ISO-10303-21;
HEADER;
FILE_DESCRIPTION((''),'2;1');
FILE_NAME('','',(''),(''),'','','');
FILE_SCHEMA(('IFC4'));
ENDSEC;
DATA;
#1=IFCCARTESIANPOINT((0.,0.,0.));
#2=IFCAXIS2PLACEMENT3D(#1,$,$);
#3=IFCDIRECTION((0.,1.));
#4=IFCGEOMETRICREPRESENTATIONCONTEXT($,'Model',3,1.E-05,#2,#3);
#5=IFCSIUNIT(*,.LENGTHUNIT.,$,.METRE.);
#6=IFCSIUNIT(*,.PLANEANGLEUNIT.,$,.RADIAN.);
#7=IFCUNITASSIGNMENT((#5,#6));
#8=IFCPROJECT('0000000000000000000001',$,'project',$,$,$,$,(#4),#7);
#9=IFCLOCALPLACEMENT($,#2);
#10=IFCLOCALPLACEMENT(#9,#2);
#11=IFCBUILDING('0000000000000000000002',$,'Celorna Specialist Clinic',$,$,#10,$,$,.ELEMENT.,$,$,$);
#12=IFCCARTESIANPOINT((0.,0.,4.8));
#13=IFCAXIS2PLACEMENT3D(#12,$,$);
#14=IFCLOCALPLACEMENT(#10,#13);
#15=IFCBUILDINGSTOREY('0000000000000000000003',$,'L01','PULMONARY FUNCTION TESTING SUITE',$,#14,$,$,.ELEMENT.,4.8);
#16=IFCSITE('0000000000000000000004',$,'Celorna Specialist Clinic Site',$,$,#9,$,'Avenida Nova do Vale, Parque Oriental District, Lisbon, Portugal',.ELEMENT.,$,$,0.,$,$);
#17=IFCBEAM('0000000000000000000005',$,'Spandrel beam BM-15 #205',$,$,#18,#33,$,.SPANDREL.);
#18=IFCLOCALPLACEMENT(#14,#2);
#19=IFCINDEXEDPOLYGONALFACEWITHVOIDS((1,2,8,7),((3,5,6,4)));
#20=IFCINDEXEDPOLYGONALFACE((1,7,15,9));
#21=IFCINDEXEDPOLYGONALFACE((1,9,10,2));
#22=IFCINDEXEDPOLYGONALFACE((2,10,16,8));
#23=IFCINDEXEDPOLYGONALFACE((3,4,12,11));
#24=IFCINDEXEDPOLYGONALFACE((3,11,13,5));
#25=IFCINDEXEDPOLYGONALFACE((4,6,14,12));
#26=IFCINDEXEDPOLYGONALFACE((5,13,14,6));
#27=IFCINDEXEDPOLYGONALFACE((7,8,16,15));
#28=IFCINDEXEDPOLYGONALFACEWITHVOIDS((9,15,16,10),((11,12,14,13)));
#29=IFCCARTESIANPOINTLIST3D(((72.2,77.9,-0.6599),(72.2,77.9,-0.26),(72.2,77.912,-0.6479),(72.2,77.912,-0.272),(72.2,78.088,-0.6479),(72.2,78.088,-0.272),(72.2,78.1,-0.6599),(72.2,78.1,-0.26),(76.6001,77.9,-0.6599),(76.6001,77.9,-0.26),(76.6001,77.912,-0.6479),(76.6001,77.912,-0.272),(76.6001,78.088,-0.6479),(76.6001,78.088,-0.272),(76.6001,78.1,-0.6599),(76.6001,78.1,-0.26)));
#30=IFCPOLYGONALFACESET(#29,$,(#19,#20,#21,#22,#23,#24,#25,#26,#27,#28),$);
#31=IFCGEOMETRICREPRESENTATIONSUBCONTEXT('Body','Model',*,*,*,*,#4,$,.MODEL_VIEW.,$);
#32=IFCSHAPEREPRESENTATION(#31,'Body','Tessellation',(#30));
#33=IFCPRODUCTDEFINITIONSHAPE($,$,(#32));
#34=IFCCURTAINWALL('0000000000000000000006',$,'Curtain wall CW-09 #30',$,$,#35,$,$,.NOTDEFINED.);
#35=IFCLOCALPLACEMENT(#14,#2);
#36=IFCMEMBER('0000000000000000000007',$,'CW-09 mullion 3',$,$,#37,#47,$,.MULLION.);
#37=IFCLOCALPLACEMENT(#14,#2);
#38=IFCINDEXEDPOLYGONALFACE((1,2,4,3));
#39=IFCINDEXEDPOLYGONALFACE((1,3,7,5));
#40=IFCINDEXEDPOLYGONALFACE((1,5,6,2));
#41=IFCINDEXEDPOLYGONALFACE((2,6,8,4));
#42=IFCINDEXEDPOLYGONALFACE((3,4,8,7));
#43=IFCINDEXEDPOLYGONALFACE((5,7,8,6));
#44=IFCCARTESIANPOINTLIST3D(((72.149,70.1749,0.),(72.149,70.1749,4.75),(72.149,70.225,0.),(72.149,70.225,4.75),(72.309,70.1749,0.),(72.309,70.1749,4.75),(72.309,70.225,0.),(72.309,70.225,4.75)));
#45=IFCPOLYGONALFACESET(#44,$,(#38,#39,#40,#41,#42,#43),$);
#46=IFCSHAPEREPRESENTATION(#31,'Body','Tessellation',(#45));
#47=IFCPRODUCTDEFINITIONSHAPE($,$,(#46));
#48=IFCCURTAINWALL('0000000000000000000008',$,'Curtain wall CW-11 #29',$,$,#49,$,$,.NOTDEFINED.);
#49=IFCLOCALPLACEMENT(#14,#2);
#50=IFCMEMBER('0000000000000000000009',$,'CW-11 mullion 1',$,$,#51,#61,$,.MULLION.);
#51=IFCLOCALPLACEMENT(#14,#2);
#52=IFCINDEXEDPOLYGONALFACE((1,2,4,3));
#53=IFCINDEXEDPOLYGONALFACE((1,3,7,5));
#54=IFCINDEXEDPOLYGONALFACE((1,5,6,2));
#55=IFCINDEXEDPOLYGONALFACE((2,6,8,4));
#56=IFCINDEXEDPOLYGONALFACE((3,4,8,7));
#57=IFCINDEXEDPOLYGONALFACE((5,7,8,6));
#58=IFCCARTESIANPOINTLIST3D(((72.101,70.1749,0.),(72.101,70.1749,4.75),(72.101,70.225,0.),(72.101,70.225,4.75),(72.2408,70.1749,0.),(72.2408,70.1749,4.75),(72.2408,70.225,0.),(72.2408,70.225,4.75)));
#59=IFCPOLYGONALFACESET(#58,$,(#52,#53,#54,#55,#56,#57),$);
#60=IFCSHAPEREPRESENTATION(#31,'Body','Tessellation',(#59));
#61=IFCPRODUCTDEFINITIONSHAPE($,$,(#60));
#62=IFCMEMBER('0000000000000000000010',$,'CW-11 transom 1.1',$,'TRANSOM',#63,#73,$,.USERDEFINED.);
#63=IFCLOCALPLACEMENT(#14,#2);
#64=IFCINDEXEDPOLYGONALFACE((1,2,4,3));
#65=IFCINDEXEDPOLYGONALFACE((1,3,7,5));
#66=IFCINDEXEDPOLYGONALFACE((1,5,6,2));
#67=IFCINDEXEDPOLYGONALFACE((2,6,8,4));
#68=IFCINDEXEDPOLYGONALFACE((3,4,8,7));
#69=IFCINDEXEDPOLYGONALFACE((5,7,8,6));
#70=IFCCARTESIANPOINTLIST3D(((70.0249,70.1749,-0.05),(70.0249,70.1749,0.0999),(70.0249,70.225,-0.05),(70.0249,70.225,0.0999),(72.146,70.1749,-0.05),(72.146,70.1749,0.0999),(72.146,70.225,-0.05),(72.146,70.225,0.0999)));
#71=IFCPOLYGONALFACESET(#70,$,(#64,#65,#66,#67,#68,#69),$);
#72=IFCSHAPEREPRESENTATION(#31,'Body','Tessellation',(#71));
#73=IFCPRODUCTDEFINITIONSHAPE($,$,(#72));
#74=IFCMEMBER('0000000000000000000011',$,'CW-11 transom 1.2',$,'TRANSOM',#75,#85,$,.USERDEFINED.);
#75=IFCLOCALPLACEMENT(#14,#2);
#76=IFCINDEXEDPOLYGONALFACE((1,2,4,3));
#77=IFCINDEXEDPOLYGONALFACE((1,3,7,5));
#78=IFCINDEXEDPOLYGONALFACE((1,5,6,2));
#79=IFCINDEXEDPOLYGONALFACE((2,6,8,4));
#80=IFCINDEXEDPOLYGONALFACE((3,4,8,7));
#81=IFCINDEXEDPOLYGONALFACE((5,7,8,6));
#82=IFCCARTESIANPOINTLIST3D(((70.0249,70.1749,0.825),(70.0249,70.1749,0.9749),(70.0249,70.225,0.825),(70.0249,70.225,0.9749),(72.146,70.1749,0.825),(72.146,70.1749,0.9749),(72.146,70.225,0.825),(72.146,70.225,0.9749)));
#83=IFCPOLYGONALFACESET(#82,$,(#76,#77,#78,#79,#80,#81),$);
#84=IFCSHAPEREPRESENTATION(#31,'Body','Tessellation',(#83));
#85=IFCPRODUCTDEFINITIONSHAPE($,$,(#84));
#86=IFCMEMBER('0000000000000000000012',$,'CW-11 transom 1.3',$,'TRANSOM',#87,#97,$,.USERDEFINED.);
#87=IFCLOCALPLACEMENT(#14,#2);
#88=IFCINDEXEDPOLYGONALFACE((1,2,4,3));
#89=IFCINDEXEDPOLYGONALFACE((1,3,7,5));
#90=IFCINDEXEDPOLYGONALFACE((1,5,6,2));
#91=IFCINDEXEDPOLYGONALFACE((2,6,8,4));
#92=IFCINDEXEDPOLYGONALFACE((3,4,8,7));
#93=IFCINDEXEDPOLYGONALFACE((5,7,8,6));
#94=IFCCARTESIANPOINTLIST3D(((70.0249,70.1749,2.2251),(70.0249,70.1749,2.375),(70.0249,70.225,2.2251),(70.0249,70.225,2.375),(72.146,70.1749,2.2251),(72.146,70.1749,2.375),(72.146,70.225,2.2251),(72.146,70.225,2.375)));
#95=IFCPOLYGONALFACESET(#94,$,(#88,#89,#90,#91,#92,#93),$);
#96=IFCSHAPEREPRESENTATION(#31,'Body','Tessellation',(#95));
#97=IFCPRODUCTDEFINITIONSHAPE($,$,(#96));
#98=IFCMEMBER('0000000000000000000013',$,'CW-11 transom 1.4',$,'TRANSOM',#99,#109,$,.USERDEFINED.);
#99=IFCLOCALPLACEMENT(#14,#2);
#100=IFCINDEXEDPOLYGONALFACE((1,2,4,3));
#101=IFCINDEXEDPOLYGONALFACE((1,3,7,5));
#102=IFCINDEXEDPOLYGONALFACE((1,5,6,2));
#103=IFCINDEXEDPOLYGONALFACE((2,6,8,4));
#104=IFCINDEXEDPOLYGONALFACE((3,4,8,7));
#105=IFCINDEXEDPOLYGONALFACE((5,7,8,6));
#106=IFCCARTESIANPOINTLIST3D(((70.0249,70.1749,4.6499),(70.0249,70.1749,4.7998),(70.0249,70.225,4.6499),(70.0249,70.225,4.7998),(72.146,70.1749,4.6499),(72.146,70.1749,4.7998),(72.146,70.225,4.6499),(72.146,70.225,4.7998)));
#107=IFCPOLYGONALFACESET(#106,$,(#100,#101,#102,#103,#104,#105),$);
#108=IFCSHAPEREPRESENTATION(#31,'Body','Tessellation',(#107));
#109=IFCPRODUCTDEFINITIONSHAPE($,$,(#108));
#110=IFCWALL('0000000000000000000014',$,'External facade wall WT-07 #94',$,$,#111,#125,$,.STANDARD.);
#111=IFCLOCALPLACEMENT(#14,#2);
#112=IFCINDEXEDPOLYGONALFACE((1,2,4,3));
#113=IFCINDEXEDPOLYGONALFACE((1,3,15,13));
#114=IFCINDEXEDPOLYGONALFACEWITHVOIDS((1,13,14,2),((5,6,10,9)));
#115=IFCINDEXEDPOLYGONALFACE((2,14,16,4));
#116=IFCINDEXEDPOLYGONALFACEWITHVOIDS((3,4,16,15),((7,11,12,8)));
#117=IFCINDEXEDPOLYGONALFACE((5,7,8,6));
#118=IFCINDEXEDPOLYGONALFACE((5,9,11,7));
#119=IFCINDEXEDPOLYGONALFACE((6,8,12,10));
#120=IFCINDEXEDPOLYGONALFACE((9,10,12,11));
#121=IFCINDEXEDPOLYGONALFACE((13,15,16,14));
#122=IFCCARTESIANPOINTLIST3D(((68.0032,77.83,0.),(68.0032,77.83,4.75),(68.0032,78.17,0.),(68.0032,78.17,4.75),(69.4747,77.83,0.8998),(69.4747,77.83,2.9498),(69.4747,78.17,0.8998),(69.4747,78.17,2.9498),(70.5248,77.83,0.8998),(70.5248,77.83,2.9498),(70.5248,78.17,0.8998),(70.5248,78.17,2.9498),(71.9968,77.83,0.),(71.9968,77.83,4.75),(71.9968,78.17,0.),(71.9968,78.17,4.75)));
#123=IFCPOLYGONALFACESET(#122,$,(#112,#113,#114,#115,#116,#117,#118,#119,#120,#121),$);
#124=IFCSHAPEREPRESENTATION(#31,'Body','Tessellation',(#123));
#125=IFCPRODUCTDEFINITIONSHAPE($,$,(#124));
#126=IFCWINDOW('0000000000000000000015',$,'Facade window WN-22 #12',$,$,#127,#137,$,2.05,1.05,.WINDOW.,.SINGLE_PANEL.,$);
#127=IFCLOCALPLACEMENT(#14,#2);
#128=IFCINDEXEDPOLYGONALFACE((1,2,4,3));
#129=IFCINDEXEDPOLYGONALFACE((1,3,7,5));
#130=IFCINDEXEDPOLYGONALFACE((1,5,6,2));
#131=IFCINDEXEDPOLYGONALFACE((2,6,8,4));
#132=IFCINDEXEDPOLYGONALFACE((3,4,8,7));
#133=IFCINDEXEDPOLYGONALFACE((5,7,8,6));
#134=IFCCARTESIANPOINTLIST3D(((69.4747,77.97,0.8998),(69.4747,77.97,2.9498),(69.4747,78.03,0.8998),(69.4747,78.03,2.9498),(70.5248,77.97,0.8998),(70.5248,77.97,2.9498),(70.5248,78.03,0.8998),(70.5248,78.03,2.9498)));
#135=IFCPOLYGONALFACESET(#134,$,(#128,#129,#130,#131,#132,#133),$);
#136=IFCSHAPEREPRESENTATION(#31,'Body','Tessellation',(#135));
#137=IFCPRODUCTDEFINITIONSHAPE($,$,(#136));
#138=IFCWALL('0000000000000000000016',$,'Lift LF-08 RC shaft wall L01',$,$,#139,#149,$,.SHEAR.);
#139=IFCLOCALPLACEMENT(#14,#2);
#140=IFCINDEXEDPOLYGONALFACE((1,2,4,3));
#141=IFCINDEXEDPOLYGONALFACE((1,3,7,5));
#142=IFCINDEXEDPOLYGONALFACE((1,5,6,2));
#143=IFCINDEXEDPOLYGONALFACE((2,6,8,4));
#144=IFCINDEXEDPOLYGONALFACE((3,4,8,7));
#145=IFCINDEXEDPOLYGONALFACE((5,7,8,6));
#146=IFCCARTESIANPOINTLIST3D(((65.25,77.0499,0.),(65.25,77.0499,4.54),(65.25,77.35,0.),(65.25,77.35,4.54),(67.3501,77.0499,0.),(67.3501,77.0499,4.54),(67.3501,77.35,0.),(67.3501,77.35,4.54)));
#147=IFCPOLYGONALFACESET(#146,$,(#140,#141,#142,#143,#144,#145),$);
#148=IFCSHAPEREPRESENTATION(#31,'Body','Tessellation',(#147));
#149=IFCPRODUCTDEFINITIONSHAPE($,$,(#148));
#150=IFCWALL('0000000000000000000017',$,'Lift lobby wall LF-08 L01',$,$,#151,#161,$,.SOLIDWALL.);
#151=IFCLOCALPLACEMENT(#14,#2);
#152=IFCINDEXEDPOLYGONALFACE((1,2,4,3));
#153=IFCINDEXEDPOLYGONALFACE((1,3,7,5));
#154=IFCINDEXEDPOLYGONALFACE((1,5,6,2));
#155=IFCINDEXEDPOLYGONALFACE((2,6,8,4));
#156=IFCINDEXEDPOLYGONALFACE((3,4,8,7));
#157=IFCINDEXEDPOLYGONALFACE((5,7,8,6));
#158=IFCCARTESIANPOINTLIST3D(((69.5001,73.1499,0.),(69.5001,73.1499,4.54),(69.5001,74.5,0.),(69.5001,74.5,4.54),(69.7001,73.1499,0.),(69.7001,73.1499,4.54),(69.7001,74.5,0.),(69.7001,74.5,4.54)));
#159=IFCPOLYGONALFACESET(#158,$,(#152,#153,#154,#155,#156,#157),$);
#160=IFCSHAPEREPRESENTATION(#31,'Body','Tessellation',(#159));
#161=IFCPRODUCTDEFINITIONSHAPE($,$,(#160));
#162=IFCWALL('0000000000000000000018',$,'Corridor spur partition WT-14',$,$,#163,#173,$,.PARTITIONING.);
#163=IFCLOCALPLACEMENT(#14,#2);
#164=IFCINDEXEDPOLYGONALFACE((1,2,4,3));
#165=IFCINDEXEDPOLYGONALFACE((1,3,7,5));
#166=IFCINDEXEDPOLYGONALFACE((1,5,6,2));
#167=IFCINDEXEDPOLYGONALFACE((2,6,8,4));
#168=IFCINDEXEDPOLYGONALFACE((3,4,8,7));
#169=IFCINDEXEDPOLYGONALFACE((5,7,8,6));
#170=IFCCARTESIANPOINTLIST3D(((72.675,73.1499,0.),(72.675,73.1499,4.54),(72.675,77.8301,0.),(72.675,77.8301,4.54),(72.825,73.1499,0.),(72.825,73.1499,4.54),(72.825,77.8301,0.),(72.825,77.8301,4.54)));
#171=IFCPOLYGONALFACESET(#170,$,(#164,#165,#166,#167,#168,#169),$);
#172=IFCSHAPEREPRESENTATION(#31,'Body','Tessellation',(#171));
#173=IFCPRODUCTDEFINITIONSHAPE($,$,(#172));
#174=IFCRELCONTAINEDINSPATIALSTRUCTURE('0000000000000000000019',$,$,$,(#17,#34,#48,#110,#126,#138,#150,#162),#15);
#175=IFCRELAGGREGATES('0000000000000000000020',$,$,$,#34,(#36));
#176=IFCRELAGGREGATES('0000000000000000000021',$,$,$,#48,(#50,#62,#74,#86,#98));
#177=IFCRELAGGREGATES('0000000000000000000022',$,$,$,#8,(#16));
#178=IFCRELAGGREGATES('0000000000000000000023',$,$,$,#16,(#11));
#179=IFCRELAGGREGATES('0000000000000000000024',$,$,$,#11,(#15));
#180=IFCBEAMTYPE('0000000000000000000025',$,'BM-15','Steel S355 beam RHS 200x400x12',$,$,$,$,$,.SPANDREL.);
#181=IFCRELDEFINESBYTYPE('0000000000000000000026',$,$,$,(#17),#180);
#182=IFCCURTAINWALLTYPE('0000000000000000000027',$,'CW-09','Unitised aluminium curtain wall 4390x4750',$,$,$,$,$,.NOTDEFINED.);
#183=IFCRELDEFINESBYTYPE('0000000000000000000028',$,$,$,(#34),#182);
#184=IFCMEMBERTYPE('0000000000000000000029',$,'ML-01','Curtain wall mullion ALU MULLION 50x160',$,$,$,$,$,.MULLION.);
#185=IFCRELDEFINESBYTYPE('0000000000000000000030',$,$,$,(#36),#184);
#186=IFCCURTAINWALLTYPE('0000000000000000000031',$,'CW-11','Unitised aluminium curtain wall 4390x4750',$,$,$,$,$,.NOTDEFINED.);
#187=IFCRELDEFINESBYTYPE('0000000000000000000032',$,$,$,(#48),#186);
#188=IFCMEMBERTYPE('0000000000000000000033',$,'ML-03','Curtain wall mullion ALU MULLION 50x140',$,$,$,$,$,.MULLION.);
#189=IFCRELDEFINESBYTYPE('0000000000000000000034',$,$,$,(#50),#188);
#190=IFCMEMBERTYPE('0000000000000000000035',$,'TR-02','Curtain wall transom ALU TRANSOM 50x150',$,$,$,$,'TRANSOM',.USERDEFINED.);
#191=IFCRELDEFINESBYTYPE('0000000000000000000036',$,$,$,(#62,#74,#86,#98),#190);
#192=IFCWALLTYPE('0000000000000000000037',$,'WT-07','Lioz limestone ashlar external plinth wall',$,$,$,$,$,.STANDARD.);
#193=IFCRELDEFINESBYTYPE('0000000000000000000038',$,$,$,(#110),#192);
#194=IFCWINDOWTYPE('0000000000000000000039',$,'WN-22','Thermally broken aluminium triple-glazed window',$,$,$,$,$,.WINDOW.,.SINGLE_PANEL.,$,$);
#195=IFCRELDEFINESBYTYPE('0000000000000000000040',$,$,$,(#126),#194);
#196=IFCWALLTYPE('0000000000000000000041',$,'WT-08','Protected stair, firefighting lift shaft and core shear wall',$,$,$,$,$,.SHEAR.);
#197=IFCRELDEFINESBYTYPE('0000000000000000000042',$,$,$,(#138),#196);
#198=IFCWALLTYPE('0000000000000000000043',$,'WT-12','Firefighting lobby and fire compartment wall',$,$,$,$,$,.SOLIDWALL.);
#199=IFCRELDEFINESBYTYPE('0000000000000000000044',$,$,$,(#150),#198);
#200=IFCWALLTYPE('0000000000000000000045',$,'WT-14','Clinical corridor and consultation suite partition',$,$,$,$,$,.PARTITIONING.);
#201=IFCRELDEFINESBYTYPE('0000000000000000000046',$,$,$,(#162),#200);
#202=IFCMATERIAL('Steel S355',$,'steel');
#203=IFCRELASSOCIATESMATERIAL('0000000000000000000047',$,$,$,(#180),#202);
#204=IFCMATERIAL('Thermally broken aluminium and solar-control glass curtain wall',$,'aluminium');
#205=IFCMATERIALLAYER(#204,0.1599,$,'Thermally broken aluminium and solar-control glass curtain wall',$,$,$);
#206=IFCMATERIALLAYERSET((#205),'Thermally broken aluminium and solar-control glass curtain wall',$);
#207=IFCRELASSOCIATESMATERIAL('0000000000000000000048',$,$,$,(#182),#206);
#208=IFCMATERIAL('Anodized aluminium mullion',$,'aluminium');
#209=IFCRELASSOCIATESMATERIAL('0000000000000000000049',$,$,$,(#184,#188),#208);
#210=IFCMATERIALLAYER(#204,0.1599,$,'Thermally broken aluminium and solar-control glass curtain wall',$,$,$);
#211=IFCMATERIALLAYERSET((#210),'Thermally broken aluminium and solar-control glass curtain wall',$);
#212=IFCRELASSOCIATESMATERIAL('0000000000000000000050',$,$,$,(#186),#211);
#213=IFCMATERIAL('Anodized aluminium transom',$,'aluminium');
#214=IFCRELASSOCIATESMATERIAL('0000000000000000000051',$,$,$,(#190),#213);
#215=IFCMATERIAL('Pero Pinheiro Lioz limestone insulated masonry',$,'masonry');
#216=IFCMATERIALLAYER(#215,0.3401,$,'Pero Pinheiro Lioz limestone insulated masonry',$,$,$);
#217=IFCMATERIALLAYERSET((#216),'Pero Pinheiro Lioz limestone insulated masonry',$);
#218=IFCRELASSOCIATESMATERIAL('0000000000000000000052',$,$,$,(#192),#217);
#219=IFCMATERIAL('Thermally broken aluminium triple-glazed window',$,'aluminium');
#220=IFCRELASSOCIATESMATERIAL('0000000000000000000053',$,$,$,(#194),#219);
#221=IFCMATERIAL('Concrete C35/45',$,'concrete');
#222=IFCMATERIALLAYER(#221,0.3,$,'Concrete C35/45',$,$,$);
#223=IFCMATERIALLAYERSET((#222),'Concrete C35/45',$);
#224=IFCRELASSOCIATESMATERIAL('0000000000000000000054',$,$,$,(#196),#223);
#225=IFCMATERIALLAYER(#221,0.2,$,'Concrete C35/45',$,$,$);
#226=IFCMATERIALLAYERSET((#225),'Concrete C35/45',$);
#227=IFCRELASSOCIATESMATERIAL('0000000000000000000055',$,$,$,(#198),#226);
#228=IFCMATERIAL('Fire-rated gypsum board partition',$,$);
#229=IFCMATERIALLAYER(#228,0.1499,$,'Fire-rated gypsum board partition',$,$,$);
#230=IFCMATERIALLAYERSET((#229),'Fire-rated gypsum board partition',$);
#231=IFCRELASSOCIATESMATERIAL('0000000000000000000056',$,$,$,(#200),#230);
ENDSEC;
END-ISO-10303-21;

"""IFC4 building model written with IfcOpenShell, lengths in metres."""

from ifc_helpers import new_model, si_unit, direction, frame, frame_2d, origin, origin_2d, place, context, subcontext, project, spatial, rectangle, hollow_rectangle, extrude, material, layer, layer_set, material_profile, profile_set, type_object, element, fill, aggregate, save


model = new_model("IFC4")

# Units and contexts
model_context = context("Model", 3, precision=1e-05, world=origin(), true_north=direction((0.0, 1.0)))
body_context = subcontext(model_context, "Body", "Model", "MODEL_VIEW")
ifc_project = project(units=[si_unit("LENGTHUNIT", "METRE"), si_unit("PLANEANGLEUNIT", "RADIAN")], contexts=[model_context])

# Site, building, storey
site_placement = place(None, origin())
site = spatial("IfcSite", under=ifc_project, at=site_placement, Name="Celorna Specialist Clinic Site", LongName="Avenida Nova do Vale, Parque Oriental District, Lisbon, Portugal", CompositionType="ELEMENT", RefElevation=0.0)
building_placement = place(site_placement, origin())
building = spatial("IfcBuilding", under=site, at=building_placement, Name="Celorna Specialist Clinic", CompositionType="ELEMENT")
storey_placement = place(building_placement, frame((0.0, 0.0, 4.8)))
storey = spatial("IfcBuildingStorey", under=building, at=storey_placement, Name="L01", Description="PULMONARY FUNCTION TESTING SUITE", CompositionType="ELEMENT", Elevation=4.8)

# Shared definitions
ifc_material_1 = material(Name="Steel S355", Category="steel")

# Beam
ifc_material_profile_1 = material_profile(ifc_material_1, hollow_rectangle(XDim=0.2, YDim=0.3999, WallThickness=0.012, at=origin_2d()), Name="RHS 200x400x12")
ifc_profile_set_1 = profile_set([ifc_material_profile_1], Name="Steel S355")
beam_type_1 = type_object("IfcBeamType", Name="BM-15", Description="Steel S355 beam RHS 200x400x12", PredefinedType="SPANDREL", material=ifc_profile_set_1)
beam_1_placement = place(storey_placement, frame((72.2, 78.0, -0.46), z_axis=(1.0, 0.0, 0.0), x_axis=(0.0, 1.0, 0.0)))
element("IfcBeam", 1, at=beam_1_placement, inside=storey, type_object=beam_type_1, Name="Spandrel beam BM-15 #205", PredefinedType="SPANDREL", context=body_context, shape_type="SweptSolid", body=[
    extrude(hollow_rectangle(XDim=0.2, YDim=0.3999, WallThickness=0.012, at=origin_2d()), origin(), (0.0, 0.0, 1.0), 4.4001),
])

# Curtain wall, member
ifc_material_2 = material(Name="Thermally broken aluminium and solar-control glass curtain wall", Category="aluminium")
ifc_layer_1 = layer(ifc_material_2, 0.1599, Name="Thermally broken aluminium and solar-control glass curtain wall")
ifc_layer_set_1 = layer_set([ifc_layer_1], Name="Thermally broken aluminium and solar-control glass curtain wall")
curtain_wall_type_1 = type_object("IfcCurtainWallType", Name="CW-09", Description="Unitised aluminium curtain wall 4390x4750", PredefinedType="NOTDEFINED", material=ifc_layer_set_1)
curtain_wall_1_placement = place(storey_placement, origin())
curtain_wall_1 = element("IfcCurtainWall", 2, at=curtain_wall_1_placement, inside=storey, type_object=curtain_wall_type_1, Name="Curtain wall CW-09 #30", PredefinedType="NOTDEFINED")
ifc_material_3 = material(Name="Anodized aluminium mullion", Category="aluminium")
ifc_material_profile_2 = material_profile(ifc_material_3, rectangle(XDim=0.05, YDim=0.1599, at=origin_2d()), Name="ALU MULLION 50x160")
ifc_profile_set_2 = profile_set([ifc_material_profile_2], Name="Anodized aluminium mullion")
member_type_1 = type_object("IfcMemberType", Name="ML-01", Description="Curtain wall mullion ALU MULLION 50x160", PredefinedType="MULLION", material=ifc_profile_set_2)
member_1_placement = place(storey_placement, frame((72.229, 70.2, 0.0), z_axis=(0.0, 0.0, 1.0), x_axis=(0.0, -1.0, 0.0)))
member_1 = element("IfcMember", 3, at=member_1_placement, type_object=member_type_1, Name="CW-09 mullion 3", PredefinedType="MULLION", context=body_context, shape_type="SweptSolid", body=[
    extrude(rectangle(XDim=0.05, YDim=0.1599, at=origin_2d()), origin(), (0.0, 0.0, 1.0), 4.75),
])
aggregate(curtain_wall_1, [member_1])

# Curtain wall, members
ifc_layer_2 = layer(ifc_material_2, 0.1599, Name="Thermally broken aluminium and solar-control glass curtain wall")
ifc_layer_set_2 = layer_set([ifc_layer_2], Name="Thermally broken aluminium and solar-control glass curtain wall")
curtain_wall_type_2 = type_object("IfcCurtainWallType", Name="CW-11", Description="Unitised aluminium curtain wall 4390x4750", PredefinedType="NOTDEFINED", material=ifc_layer_set_2)
curtain_wall_2_placement = place(storey_placement, origin())
curtain_wall_2 = element("IfcCurtainWall", 4, at=curtain_wall_2_placement, inside=storey, type_object=curtain_wall_type_2, Name="Curtain wall CW-11 #29", PredefinedType="NOTDEFINED")
ifc_material_profile_3 = material_profile(ifc_material_3, rectangle(XDim=0.05, YDim=0.1399, at=origin_2d()), Name="ALU MULLION 50x140")
ifc_profile_set_3 = profile_set([ifc_material_profile_3], Name="Anodized aluminium mullion")
member_type_2 = type_object("IfcMemberType", Name="ML-03", Description="Curtain wall mullion ALU MULLION 50x140", PredefinedType="MULLION", material=ifc_profile_set_3)
member_2_placement = place(storey_placement, frame((72.1709, 70.2, 0.0), z_axis=(0.0, 0.0, 1.0), x_axis=(0.0, -1.0, 0.0)))
member_2 = element("IfcMember", 5, at=member_2_placement, type_object=member_type_2, Name="CW-11 mullion 1", PredefinedType="MULLION", context=body_context, shape_type="SweptSolid", body=[
    extrude(rectangle(XDim=0.05, YDim=0.1399, at=origin_2d()), origin(), (0.0, 0.0, 1.0), 4.75),
])
ifc_material_4 = material(Name="Anodized aluminium transom", Category="aluminium")
ifc_material_profile_4 = material_profile(ifc_material_4, rectangle(XDim=0.05, YDim=0.1499, at=origin_2d()), Name="ALU TRANSOM 50x150")
ifc_profile_set_4 = profile_set([ifc_material_profile_4], Name="Anodized aluminium transom")
member_type_3 = type_object("IfcMemberType", Name="TR-02", Description="Curtain wall transom ALU TRANSOM 50x150", ElementType="TRANSOM", PredefinedType="USERDEFINED", material=ifc_profile_set_4)
member_3_placement = place(storey_placement, frame((72.146, 70.2, 0.0249), z_axis=(-1.0, 0.0, 0.0), x_axis=(0.0, -1.0, 0.0)))
member_3 = element("IfcMember", 6, at=member_3_placement, type_object=member_type_3, Name="CW-11 transom 1.1", ObjectType="TRANSOM", PredefinedType="USERDEFINED", context=body_context, shape_type="SweptSolid", body=[
    extrude(rectangle(XDim=0.05, YDim=0.1499, at=origin_2d()), origin(), (0.0, 0.0, 1.0), 2.1211),
])
member_4_placement = place(storey_placement, frame((72.146, 70.2, 0.8999), z_axis=(-1.0, 0.0, 0.0), x_axis=(0.0, -1.0, 0.0)))
member_4 = element("IfcMember", 7, at=member_4_placement, type_object=member_type_3, Name="CW-11 transom 1.2", ObjectType="TRANSOM", PredefinedType="USERDEFINED", context=body_context, shape_type="SweptSolid", body=[
    extrude(rectangle(XDim=0.05, YDim=0.1499, at=origin_2d()), origin(), (0.0, 0.0, 1.0), 2.1211),
])
member_5_placement = place(storey_placement, frame((72.146, 70.2, 2.3), z_axis=(-1.0, 0.0, 0.0), x_axis=(0.0, -1.0, 0.0)))
member_5 = element("IfcMember", 8, at=member_5_placement, type_object=member_type_3, Name="CW-11 transom 1.3", ObjectType="TRANSOM", PredefinedType="USERDEFINED", context=body_context, shape_type="SweptSolid", body=[
    extrude(rectangle(XDim=0.05, YDim=0.1499, at=origin_2d()), origin(), (0.0, 0.0, 1.0), 2.1211),
])
member_6_placement = place(storey_placement, frame((72.146, 70.2, 4.7249), z_axis=(-1.0, 0.0, 0.0), x_axis=(0.0, -1.0, 0.0)))
member_6 = element("IfcMember", 9, at=member_6_placement, type_object=member_type_3, Name="CW-11 transom 1.4", ObjectType="TRANSOM", PredefinedType="USERDEFINED", context=body_context, shape_type="SweptSolid", body=[
    extrude(rectangle(XDim=0.05, YDim=0.1499, at=origin_2d()), origin(), (0.0, 0.0, 1.0), 2.1211),
])
aggregate(curtain_wall_2, [member_2, member_3, member_4, member_5, member_6])

# Wall, opening, window
ifc_material_5 = material(Name="Pero Pinheiro Lioz limestone insulated masonry", Category="masonry")
ifc_layer_3 = layer(ifc_material_5, 0.3401, Name="Pero Pinheiro Lioz limestone insulated masonry")
ifc_layer_set_3 = layer_set([ifc_layer_3], Name="Pero Pinheiro Lioz limestone insulated masonry")
wall_type_1 = type_object("IfcWallType", Name="WT-07", Description="Lioz limestone ashlar external plinth wall", PredefinedType="STANDARD", material=ifc_layer_set_3)
wall_1_placement = place(storey_placement, frame((68.0032, 78.0, 0.0), z_axis=(0.0, 0.0, 1.0), x_axis=(1.0, 0.0, 0.0)))
wall_1 = element("IfcWall", 10, at=wall_1_placement, inside=storey, type_object=wall_type_1, Name="External facade wall WT-07 #94", PredefinedType="STANDARD", context=body_context, shape_type="SweptSolid", body=[
    extrude(rectangle(XDim=3.9937, YDim=0.3401, at=frame_2d((1.9968, 0.0))), origin(), (0.0, 0.0, 1.0), 4.75),
])
opening_1_placement = place(wall_1_placement, frame((1.4717, 0.0, 0.8999)))
opening_1 = element("IfcOpeningElement", 11, at=opening_1_placement, cuts=wall_1, PredefinedType="OPENING", context=body_context, shape_type="SweptSolid", body=[
    extrude(rectangle(XDim=1.05, YDim=2.05, at=frame_2d((0.5249, 1.0249))), frame((0.0, 0.1799, 0.0), z_axis=(0.0, -1.0, 0.0), x_axis=(1.0, 0.0, 0.0)), (0.0, 0.0, 1.0), 0.3601),
])
ifc_material_6 = material(Name="Thermally broken aluminium triple-glazed window", Category="aluminium")
window_type = type_object("IfcWindowType", Name="WN-22", Description="Thermally broken aluminium triple-glazed window", PartitioningType="SINGLE_PANEL", PredefinedType="WINDOW", material=ifc_material_6)
window_placement = place(opening_1_placement, origin())
window = element("IfcWindow", 12, at=window_placement, inside=storey, type_object=window_type, Name="Facade window WN-22 #12", OverallHeight=2.05, OverallWidth=1.05, PartitioningType="SINGLE_PANEL", PredefinedType="WINDOW", context=body_context, shape_type="SweptSolid", body=[
    extrude(rectangle(XDim=1.05, YDim=2.05, at=frame_2d((0.5249, 1.0249))), frame((0.0, 0.03, 0.0), z_axis=(0.0, -1.0, 0.0), x_axis=(1.0, 0.0, 0.0)), (0.0, 0.0, 1.0), 0.0601),
])
fill(opening_1, window)

# Walls
ifc_material_7 = material(Name="Concrete C35/45", Category="concrete")
ifc_layer_4 = layer(ifc_material_7, 0.3, Name="Concrete C35/45")
ifc_layer_set_4 = layer_set([ifc_layer_4], Name="Concrete C35/45")
wall_type_2 = type_object("IfcWallType", Name="WT-08", Description="Protected stair, firefighting lift shaft and core shear wall", PredefinedType="SHEAR", material=ifc_layer_set_4)
wall_2_placement = place(storey_placement, frame((67.3501, 77.2, 0.0), z_axis=(0.0, 0.0, 1.0), x_axis=(-1.0, 0.0, 0.0)))
element("IfcWall", 13, at=wall_2_placement, inside=storey, type_object=wall_type_2, Name="Lift LF-08 RC shaft wall L01", PredefinedType="SHEAR", context=body_context, shape_type="SweptSolid", body=[
    extrude(rectangle(XDim=2.1001, YDim=0.3, at=frame_2d((1.05, 0.0))), origin(), (0.0, 0.0, 1.0), 4.54),
])
ifc_layer_5 = layer(ifc_material_7, 0.2, Name="Concrete C35/45")
ifc_layer_set_5 = layer_set([ifc_layer_5], Name="Concrete C35/45")
wall_type_3 = type_object("IfcWallType", Name="WT-12", Description="Firefighting lobby and fire compartment wall", PredefinedType="SOLIDWALL", material=ifc_layer_set_5)
wall_3_placement = place(storey_placement, frame((69.6001, 73.1499, 0.0), z_axis=(0.0, 0.0, 1.0), x_axis=(0.0, 1.0, 0.0)))
element("IfcWall", 14, at=wall_3_placement, inside=storey, type_object=wall_type_3, Name="Lift lobby wall LF-08 L01", PredefinedType="SOLIDWALL", context=body_context, shape_type="SweptSolid", body=[
    extrude(rectangle(XDim=1.3501, YDim=0.2, at=frame_2d((0.675, 0.0))), origin(), (0.0, 0.0, 1.0), 4.54),
])
ifc_material_8 = material(Name="Fire-rated gypsum board partition")
ifc_layer_6 = layer(ifc_material_8, 0.1499, Name="Fire-rated gypsum board partition")
ifc_layer_set_6 = layer_set([ifc_layer_6], Name="Fire-rated gypsum board partition")
wall_type_4 = type_object("IfcWallType", Name="WT-14", Description="Clinical corridor and consultation suite partition", PredefinedType="PARTITIONING", material=ifc_layer_set_6)
wall_4_placement = place(storey_placement, frame((72.75, 73.1499, 0.0), z_axis=(0.0, 0.0, 1.0), x_axis=(0.0, 1.0, 0.0)))
element("IfcWall", 15, at=wall_4_placement, inside=storey, type_object=wall_type_4, Name="Corridor spur partition WT-14", PredefinedType="PARTITIONING", context=body_context, shape_type="SweptSolid", body=[
    extrude(rectangle(XDim=4.6802, YDim=0.1499, at=frame_2d((2.3401, 0.0))), origin(), (0.0, 0.0, 1.0), 4.54),
])

save(model, "model.ifc")
